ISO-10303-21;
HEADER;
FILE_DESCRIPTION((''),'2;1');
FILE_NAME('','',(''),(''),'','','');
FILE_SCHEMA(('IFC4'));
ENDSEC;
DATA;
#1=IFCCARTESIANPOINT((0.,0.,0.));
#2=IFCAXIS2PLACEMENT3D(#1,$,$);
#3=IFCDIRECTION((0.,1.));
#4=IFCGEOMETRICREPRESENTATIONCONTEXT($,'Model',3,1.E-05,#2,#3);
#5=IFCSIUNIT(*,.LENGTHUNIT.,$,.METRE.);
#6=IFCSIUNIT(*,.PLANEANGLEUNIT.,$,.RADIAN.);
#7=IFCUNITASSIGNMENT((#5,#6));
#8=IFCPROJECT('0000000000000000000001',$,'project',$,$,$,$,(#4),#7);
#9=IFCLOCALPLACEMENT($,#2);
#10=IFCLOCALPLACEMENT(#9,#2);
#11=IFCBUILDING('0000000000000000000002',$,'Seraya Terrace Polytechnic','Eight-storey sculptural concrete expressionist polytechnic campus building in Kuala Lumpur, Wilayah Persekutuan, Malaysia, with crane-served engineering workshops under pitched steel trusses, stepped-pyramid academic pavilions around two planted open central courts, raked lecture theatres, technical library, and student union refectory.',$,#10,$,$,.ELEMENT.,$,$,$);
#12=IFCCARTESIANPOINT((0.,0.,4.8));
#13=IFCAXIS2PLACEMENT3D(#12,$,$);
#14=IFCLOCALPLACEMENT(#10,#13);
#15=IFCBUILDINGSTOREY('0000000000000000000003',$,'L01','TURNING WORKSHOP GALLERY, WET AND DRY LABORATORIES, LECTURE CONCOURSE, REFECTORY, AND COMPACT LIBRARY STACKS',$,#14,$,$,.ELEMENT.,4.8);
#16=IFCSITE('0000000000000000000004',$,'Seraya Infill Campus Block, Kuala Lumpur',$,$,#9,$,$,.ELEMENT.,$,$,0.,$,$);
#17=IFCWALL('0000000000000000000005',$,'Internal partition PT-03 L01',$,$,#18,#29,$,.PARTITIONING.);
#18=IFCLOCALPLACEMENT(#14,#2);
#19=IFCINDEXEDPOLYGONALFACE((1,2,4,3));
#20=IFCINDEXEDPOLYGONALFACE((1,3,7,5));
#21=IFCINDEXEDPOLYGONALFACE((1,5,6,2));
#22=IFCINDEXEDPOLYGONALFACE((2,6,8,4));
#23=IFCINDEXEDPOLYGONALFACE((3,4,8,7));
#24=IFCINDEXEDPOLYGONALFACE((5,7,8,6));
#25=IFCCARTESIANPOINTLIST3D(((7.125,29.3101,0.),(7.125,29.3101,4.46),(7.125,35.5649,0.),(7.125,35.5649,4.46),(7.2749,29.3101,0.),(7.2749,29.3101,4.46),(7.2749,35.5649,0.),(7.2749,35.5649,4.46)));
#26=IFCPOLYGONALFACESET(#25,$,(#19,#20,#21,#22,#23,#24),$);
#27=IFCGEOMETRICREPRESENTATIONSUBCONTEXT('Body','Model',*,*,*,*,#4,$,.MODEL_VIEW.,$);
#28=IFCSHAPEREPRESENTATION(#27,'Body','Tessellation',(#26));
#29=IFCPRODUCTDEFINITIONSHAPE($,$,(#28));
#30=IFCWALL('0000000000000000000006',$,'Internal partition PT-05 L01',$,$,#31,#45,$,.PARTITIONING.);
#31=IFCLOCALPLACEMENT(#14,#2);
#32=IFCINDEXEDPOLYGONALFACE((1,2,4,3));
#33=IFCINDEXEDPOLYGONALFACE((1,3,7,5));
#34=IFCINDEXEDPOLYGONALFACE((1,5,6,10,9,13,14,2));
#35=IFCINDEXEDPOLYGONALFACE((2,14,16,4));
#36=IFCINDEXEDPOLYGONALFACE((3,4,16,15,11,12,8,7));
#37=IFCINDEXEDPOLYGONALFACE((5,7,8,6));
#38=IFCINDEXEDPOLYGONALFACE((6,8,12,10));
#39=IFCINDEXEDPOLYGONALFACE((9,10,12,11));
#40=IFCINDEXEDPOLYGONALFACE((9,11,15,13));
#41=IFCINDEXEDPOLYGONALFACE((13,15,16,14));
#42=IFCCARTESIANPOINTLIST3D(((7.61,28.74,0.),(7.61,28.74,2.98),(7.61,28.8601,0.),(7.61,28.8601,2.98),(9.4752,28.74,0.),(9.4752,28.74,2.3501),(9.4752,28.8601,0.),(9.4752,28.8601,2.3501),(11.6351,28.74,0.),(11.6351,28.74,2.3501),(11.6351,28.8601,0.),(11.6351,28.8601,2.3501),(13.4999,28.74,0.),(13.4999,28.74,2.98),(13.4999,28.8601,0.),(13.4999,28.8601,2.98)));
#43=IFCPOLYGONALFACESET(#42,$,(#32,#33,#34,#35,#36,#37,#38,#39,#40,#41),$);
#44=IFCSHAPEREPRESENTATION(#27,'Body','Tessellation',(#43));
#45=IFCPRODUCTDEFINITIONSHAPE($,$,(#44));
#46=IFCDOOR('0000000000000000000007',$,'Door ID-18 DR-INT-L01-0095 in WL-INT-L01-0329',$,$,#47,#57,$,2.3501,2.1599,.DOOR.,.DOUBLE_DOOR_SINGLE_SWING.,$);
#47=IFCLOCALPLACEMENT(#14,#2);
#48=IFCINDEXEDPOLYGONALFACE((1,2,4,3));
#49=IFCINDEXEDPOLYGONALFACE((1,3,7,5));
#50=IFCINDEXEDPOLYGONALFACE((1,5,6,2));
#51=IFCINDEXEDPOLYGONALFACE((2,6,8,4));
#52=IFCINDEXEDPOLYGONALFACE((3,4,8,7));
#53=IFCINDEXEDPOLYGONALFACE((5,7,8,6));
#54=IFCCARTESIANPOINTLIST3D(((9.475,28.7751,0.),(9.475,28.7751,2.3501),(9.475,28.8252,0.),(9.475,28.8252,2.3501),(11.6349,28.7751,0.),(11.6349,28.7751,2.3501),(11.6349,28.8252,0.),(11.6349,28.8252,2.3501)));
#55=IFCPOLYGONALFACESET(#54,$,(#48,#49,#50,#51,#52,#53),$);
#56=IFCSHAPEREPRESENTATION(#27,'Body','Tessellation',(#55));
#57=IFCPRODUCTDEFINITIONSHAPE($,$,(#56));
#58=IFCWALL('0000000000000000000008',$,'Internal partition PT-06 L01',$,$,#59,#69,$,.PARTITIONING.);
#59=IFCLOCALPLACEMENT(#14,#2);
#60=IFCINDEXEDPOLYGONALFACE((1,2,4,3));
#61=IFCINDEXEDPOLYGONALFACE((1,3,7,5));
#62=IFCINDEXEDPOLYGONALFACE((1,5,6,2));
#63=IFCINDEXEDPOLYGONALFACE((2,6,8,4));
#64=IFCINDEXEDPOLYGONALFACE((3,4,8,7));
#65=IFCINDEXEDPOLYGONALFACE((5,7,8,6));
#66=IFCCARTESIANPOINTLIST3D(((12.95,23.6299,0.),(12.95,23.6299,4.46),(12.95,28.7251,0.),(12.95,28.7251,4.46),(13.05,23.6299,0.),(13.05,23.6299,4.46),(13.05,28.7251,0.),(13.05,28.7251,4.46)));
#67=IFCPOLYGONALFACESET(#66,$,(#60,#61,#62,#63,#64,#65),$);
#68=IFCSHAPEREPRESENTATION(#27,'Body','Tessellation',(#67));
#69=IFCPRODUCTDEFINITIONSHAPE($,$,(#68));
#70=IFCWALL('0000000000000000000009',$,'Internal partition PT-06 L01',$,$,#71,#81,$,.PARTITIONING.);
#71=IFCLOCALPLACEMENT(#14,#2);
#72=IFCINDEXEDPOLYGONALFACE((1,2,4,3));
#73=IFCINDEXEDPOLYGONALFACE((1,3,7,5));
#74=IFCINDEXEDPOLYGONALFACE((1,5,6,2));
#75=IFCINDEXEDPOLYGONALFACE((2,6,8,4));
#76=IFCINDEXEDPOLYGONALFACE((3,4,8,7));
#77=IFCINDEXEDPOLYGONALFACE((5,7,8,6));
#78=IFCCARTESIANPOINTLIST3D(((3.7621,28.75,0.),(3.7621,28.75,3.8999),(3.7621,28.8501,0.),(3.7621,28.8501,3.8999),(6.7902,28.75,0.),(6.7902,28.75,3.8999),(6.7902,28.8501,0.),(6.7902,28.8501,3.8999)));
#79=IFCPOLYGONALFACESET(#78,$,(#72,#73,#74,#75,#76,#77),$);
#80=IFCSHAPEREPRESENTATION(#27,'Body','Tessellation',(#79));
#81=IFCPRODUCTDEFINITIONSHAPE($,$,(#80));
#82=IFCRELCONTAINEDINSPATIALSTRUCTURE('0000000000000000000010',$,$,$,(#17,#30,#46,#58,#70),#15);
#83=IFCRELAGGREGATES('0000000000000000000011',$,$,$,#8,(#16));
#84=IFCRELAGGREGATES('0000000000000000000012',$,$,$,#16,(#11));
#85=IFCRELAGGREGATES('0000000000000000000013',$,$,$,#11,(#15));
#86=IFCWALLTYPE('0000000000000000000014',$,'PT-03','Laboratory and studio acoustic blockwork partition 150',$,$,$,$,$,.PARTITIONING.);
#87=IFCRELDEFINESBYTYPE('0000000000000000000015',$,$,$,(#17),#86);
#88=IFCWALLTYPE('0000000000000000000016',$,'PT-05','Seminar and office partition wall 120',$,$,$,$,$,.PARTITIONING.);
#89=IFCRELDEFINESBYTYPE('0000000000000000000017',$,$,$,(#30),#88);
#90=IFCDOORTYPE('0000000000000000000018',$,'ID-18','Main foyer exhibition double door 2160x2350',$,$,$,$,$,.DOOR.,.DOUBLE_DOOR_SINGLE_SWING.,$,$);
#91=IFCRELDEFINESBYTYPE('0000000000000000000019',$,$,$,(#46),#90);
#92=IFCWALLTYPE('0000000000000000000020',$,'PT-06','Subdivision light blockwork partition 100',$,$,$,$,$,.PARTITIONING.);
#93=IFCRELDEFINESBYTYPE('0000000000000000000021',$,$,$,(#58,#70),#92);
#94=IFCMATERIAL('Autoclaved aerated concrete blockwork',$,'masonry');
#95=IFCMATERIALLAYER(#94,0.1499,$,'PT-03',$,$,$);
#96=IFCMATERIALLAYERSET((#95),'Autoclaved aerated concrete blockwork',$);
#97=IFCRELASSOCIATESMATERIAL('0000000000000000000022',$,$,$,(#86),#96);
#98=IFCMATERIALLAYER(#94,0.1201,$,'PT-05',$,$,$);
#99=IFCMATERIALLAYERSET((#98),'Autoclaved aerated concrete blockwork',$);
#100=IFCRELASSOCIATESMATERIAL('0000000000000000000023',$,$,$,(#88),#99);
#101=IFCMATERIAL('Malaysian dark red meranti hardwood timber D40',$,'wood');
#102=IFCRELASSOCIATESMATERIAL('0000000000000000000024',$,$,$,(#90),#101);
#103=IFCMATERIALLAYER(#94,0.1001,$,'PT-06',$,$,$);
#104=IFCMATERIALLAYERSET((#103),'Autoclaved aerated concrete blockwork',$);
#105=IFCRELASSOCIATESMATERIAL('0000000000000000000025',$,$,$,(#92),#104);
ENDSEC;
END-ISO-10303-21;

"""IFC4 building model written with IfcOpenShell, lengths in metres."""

from ifc_helpers import new_model, si_unit, direction, frame, frame_2d, origin, place, context, subcontext, project, spatial, rectangle, extrude, material, layer, layer_set, type_object, element, fill, save


model = new_model("IFC4")

# Units and contexts
model_context = context("Model", 3, precision=1e-05, world=origin(), true_north=direction((0.0, 1.0)))
body_context = subcontext(model_context, "Body", "Model", "MODEL_VIEW")
ifc_project = project(units=[si_unit("LENGTHUNIT", "METRE"), si_unit("PLANEANGLEUNIT", "RADIAN")], contexts=[model_context])

# Site, building, storey
site_placement = place(None, origin())
site = spatial("IfcSite", under=ifc_project, at=site_placement, Name="Seraya Infill Campus Block, Kuala Lumpur", CompositionType="ELEMENT", RefElevation=0.0)
building_placement = place(site_placement, origin())
building = spatial("IfcBuilding", under=site, at=building_placement, Name="Seraya Terrace Polytechnic", Description="Eight-storey sculptural concrete expressionist polytechnic campus building in Kuala Lumpur, Wilayah Persekutuan, Malaysia, with crane-served engineering workshops under pitched steel trusses, stepped-pyramid academic pavilions around two planted open central courts, raked lecture theatres, technical library, and student union refectory.", CompositionType="ELEMENT")
storey_placement = place(building_placement, frame((0.0, 0.0, 4.8)))
storey = spatial("IfcBuildingStorey", under=building, at=storey_placement, Name="L01", Description="TURNING WORKSHOP GALLERY, WET AND DRY LABORATORIES, LECTURE CONCOURSE, REFECTORY, AND COMPACT LIBRARY STACKS", CompositionType="ELEMENT", Elevation=4.8)

# Wall
ifc_material_1 = material(Name="Autoclaved aerated concrete blockwork", Category="masonry")
ifc_layer_1 = layer(ifc_material_1, 0.1499, Name="PT-03")
ifc_layer_set_1 = layer_set([ifc_layer_1], Name="Autoclaved aerated concrete blockwork")
wall_type_1 = type_object("IfcWallType", Name="PT-03", Description="Laboratory and studio acoustic blockwork partition 150", PredefinedType="PARTITIONING", material=ifc_layer_set_1)
wall_1_placement = place(storey_placement, frame((7.2, 29.3101, 0.0), z_axis=(0.0, 0.0, 1.0), x_axis=(0.0, 1.0, 0.0)))
element("IfcWall", 1, at=wall_1_placement, inside=storey, type_object=wall_type_1, Name="Internal partition PT-03 L01", PredefinedType="PARTITIONING", context=body_context, shape_type="SweptSolid", body=[
    extrude(rectangle(XDim=6.2549, YDim=0.1499, at=frame_2d((3.1274, 0.0))), origin(), (0.0, 0.0, 1.0), 4.46),
])

# Wall, opening, door
ifc_layer_2 = layer(ifc_material_1, 0.1201, Name="PT-05")
ifc_layer_set_2 = layer_set([ifc_layer_2], Name="Autoclaved aerated concrete blockwork")
wall_type_2 = type_object("IfcWallType", Name="PT-05", Description="Seminar and office partition wall 120", PredefinedType="PARTITIONING", material=ifc_layer_set_2)
wall_2_placement = place(storey_placement, frame((7.6101, 28.8, 0.0), z_axis=(0.0, 0.0, 1.0), x_axis=(1.0, 0.0, 0.0)))
wall_2 = element("IfcWall", 2, at=wall_2_placement, inside=storey, type_object=wall_type_2, Name="Internal partition PT-05 L01", PredefinedType="PARTITIONING", context=body_context, shape_type="SweptSolid", body=[
    extrude(rectangle(XDim=5.8899, YDim=0.1201, at=frame_2d((2.9448, 0.0))), origin(), (0.0, 0.0, 1.0), 2.98),
])
opening_1_placement = place(wall_2_placement, frame((1.865, 0.0, 0.0)))
opening_1 = element("IfcOpeningElement", 3, at=opening_1_placement, cuts=wall_2, PredefinedType="OPENING", context=body_context, shape_type="SweptSolid", body=[
    extrude(rectangle(XDim=2.1599, YDim=2.3501, at=frame_2d((1.0801, 1.175))), frame((0.0, 0.072, 0.0), z_axis=(0.0, -1.0, 0.0), x_axis=(1.0, 0.0, 0.0)), (0.0, 0.0, 1.0), 0.144),
])
ifc_material_2 = material(Name="Malaysian dark red meranti hardwood timber D40", Category="wood")
door_type = type_object("IfcDoorType", Name="ID-18", Description="Main foyer exhibition double door 2160x2350", OperationType="DOUBLE_DOOR_SINGLE_SWING", PredefinedType="DOOR", material=ifc_material_2)
door_placement = place(opening_1_placement, frame((2.1599, 0.0, 0.0), z_axis=(0.0, 0.0, 1.0), x_axis=(-1.0, 0.0, 0.0)))
door = element("IfcDoor", 4, at=door_placement, inside=storey, type_object=door_type, Name="Door ID-18 DR-INT-L01-0095 in WL-INT-L01-0329", OperationType="DOUBLE_DOOR_SINGLE_SWING", OverallHeight=2.3501, OverallWidth=2.1599, PredefinedType="DOOR", context=body_context, shape_type="SweptSolid", body=[
    extrude(rectangle(XDim=2.1599, YDim=2.3501, at=frame_2d((1.0801, 1.175))), frame((0.0, 0.0249, 0.0), z_axis=(0.0, -1.0, 0.0), x_axis=(1.0, 0.0, 0.0)), (0.0, 0.0, 1.0), 0.05),
])
fill(opening_1, door)

# Walls
ifc_layer_3 = layer(ifc_material_1, 0.1001, Name="PT-06")
ifc_layer_set_3 = layer_set([ifc_layer_3], Name="Autoclaved aerated concrete blockwork")
wall_type_3 = type_object("IfcWallType", Name="PT-06", Description="Subdivision light blockwork partition 100", PredefinedType="PARTITIONING", material=ifc_layer_set_3)
wall_3_placement = place(storey_placement, frame((13.0, 23.6299, 0.0), z_axis=(0.0, 0.0, 1.0), x_axis=(0.0, 1.0, 0.0)))
element("IfcWall", 5, at=wall_3_placement, inside=storey, type_object=wall_type_3, Name="Internal partition PT-06 L01", PredefinedType="PARTITIONING", context=body_context, shape_type="SweptSolid", body=[
    extrude(rectangle(XDim=5.0952, YDim=0.1001, at=frame_2d((2.5476, 0.0))), origin(), (0.0, 0.0, 1.0), 4.46),
])
wall_4_placement = place(storey_placement, frame((3.762, 28.8, 0.0), z_axis=(0.0, 0.0, 1.0), x_axis=(1.0, 0.0, 0.0)))
element("IfcWall", 6, at=wall_4_placement, inside=storey, type_object=wall_type_3, Name="Internal partition PT-06 L01", PredefinedType="PARTITIONING", context=body_context, shape_type="SweptSolid", body=[
    extrude(rectangle(XDim=3.0281, YDim=0.1001, at=frame_2d((1.5142, 0.0))), origin(), (0.0, 0.0, 1.0), 3.8999),
])

save(model, "model.ifc")
